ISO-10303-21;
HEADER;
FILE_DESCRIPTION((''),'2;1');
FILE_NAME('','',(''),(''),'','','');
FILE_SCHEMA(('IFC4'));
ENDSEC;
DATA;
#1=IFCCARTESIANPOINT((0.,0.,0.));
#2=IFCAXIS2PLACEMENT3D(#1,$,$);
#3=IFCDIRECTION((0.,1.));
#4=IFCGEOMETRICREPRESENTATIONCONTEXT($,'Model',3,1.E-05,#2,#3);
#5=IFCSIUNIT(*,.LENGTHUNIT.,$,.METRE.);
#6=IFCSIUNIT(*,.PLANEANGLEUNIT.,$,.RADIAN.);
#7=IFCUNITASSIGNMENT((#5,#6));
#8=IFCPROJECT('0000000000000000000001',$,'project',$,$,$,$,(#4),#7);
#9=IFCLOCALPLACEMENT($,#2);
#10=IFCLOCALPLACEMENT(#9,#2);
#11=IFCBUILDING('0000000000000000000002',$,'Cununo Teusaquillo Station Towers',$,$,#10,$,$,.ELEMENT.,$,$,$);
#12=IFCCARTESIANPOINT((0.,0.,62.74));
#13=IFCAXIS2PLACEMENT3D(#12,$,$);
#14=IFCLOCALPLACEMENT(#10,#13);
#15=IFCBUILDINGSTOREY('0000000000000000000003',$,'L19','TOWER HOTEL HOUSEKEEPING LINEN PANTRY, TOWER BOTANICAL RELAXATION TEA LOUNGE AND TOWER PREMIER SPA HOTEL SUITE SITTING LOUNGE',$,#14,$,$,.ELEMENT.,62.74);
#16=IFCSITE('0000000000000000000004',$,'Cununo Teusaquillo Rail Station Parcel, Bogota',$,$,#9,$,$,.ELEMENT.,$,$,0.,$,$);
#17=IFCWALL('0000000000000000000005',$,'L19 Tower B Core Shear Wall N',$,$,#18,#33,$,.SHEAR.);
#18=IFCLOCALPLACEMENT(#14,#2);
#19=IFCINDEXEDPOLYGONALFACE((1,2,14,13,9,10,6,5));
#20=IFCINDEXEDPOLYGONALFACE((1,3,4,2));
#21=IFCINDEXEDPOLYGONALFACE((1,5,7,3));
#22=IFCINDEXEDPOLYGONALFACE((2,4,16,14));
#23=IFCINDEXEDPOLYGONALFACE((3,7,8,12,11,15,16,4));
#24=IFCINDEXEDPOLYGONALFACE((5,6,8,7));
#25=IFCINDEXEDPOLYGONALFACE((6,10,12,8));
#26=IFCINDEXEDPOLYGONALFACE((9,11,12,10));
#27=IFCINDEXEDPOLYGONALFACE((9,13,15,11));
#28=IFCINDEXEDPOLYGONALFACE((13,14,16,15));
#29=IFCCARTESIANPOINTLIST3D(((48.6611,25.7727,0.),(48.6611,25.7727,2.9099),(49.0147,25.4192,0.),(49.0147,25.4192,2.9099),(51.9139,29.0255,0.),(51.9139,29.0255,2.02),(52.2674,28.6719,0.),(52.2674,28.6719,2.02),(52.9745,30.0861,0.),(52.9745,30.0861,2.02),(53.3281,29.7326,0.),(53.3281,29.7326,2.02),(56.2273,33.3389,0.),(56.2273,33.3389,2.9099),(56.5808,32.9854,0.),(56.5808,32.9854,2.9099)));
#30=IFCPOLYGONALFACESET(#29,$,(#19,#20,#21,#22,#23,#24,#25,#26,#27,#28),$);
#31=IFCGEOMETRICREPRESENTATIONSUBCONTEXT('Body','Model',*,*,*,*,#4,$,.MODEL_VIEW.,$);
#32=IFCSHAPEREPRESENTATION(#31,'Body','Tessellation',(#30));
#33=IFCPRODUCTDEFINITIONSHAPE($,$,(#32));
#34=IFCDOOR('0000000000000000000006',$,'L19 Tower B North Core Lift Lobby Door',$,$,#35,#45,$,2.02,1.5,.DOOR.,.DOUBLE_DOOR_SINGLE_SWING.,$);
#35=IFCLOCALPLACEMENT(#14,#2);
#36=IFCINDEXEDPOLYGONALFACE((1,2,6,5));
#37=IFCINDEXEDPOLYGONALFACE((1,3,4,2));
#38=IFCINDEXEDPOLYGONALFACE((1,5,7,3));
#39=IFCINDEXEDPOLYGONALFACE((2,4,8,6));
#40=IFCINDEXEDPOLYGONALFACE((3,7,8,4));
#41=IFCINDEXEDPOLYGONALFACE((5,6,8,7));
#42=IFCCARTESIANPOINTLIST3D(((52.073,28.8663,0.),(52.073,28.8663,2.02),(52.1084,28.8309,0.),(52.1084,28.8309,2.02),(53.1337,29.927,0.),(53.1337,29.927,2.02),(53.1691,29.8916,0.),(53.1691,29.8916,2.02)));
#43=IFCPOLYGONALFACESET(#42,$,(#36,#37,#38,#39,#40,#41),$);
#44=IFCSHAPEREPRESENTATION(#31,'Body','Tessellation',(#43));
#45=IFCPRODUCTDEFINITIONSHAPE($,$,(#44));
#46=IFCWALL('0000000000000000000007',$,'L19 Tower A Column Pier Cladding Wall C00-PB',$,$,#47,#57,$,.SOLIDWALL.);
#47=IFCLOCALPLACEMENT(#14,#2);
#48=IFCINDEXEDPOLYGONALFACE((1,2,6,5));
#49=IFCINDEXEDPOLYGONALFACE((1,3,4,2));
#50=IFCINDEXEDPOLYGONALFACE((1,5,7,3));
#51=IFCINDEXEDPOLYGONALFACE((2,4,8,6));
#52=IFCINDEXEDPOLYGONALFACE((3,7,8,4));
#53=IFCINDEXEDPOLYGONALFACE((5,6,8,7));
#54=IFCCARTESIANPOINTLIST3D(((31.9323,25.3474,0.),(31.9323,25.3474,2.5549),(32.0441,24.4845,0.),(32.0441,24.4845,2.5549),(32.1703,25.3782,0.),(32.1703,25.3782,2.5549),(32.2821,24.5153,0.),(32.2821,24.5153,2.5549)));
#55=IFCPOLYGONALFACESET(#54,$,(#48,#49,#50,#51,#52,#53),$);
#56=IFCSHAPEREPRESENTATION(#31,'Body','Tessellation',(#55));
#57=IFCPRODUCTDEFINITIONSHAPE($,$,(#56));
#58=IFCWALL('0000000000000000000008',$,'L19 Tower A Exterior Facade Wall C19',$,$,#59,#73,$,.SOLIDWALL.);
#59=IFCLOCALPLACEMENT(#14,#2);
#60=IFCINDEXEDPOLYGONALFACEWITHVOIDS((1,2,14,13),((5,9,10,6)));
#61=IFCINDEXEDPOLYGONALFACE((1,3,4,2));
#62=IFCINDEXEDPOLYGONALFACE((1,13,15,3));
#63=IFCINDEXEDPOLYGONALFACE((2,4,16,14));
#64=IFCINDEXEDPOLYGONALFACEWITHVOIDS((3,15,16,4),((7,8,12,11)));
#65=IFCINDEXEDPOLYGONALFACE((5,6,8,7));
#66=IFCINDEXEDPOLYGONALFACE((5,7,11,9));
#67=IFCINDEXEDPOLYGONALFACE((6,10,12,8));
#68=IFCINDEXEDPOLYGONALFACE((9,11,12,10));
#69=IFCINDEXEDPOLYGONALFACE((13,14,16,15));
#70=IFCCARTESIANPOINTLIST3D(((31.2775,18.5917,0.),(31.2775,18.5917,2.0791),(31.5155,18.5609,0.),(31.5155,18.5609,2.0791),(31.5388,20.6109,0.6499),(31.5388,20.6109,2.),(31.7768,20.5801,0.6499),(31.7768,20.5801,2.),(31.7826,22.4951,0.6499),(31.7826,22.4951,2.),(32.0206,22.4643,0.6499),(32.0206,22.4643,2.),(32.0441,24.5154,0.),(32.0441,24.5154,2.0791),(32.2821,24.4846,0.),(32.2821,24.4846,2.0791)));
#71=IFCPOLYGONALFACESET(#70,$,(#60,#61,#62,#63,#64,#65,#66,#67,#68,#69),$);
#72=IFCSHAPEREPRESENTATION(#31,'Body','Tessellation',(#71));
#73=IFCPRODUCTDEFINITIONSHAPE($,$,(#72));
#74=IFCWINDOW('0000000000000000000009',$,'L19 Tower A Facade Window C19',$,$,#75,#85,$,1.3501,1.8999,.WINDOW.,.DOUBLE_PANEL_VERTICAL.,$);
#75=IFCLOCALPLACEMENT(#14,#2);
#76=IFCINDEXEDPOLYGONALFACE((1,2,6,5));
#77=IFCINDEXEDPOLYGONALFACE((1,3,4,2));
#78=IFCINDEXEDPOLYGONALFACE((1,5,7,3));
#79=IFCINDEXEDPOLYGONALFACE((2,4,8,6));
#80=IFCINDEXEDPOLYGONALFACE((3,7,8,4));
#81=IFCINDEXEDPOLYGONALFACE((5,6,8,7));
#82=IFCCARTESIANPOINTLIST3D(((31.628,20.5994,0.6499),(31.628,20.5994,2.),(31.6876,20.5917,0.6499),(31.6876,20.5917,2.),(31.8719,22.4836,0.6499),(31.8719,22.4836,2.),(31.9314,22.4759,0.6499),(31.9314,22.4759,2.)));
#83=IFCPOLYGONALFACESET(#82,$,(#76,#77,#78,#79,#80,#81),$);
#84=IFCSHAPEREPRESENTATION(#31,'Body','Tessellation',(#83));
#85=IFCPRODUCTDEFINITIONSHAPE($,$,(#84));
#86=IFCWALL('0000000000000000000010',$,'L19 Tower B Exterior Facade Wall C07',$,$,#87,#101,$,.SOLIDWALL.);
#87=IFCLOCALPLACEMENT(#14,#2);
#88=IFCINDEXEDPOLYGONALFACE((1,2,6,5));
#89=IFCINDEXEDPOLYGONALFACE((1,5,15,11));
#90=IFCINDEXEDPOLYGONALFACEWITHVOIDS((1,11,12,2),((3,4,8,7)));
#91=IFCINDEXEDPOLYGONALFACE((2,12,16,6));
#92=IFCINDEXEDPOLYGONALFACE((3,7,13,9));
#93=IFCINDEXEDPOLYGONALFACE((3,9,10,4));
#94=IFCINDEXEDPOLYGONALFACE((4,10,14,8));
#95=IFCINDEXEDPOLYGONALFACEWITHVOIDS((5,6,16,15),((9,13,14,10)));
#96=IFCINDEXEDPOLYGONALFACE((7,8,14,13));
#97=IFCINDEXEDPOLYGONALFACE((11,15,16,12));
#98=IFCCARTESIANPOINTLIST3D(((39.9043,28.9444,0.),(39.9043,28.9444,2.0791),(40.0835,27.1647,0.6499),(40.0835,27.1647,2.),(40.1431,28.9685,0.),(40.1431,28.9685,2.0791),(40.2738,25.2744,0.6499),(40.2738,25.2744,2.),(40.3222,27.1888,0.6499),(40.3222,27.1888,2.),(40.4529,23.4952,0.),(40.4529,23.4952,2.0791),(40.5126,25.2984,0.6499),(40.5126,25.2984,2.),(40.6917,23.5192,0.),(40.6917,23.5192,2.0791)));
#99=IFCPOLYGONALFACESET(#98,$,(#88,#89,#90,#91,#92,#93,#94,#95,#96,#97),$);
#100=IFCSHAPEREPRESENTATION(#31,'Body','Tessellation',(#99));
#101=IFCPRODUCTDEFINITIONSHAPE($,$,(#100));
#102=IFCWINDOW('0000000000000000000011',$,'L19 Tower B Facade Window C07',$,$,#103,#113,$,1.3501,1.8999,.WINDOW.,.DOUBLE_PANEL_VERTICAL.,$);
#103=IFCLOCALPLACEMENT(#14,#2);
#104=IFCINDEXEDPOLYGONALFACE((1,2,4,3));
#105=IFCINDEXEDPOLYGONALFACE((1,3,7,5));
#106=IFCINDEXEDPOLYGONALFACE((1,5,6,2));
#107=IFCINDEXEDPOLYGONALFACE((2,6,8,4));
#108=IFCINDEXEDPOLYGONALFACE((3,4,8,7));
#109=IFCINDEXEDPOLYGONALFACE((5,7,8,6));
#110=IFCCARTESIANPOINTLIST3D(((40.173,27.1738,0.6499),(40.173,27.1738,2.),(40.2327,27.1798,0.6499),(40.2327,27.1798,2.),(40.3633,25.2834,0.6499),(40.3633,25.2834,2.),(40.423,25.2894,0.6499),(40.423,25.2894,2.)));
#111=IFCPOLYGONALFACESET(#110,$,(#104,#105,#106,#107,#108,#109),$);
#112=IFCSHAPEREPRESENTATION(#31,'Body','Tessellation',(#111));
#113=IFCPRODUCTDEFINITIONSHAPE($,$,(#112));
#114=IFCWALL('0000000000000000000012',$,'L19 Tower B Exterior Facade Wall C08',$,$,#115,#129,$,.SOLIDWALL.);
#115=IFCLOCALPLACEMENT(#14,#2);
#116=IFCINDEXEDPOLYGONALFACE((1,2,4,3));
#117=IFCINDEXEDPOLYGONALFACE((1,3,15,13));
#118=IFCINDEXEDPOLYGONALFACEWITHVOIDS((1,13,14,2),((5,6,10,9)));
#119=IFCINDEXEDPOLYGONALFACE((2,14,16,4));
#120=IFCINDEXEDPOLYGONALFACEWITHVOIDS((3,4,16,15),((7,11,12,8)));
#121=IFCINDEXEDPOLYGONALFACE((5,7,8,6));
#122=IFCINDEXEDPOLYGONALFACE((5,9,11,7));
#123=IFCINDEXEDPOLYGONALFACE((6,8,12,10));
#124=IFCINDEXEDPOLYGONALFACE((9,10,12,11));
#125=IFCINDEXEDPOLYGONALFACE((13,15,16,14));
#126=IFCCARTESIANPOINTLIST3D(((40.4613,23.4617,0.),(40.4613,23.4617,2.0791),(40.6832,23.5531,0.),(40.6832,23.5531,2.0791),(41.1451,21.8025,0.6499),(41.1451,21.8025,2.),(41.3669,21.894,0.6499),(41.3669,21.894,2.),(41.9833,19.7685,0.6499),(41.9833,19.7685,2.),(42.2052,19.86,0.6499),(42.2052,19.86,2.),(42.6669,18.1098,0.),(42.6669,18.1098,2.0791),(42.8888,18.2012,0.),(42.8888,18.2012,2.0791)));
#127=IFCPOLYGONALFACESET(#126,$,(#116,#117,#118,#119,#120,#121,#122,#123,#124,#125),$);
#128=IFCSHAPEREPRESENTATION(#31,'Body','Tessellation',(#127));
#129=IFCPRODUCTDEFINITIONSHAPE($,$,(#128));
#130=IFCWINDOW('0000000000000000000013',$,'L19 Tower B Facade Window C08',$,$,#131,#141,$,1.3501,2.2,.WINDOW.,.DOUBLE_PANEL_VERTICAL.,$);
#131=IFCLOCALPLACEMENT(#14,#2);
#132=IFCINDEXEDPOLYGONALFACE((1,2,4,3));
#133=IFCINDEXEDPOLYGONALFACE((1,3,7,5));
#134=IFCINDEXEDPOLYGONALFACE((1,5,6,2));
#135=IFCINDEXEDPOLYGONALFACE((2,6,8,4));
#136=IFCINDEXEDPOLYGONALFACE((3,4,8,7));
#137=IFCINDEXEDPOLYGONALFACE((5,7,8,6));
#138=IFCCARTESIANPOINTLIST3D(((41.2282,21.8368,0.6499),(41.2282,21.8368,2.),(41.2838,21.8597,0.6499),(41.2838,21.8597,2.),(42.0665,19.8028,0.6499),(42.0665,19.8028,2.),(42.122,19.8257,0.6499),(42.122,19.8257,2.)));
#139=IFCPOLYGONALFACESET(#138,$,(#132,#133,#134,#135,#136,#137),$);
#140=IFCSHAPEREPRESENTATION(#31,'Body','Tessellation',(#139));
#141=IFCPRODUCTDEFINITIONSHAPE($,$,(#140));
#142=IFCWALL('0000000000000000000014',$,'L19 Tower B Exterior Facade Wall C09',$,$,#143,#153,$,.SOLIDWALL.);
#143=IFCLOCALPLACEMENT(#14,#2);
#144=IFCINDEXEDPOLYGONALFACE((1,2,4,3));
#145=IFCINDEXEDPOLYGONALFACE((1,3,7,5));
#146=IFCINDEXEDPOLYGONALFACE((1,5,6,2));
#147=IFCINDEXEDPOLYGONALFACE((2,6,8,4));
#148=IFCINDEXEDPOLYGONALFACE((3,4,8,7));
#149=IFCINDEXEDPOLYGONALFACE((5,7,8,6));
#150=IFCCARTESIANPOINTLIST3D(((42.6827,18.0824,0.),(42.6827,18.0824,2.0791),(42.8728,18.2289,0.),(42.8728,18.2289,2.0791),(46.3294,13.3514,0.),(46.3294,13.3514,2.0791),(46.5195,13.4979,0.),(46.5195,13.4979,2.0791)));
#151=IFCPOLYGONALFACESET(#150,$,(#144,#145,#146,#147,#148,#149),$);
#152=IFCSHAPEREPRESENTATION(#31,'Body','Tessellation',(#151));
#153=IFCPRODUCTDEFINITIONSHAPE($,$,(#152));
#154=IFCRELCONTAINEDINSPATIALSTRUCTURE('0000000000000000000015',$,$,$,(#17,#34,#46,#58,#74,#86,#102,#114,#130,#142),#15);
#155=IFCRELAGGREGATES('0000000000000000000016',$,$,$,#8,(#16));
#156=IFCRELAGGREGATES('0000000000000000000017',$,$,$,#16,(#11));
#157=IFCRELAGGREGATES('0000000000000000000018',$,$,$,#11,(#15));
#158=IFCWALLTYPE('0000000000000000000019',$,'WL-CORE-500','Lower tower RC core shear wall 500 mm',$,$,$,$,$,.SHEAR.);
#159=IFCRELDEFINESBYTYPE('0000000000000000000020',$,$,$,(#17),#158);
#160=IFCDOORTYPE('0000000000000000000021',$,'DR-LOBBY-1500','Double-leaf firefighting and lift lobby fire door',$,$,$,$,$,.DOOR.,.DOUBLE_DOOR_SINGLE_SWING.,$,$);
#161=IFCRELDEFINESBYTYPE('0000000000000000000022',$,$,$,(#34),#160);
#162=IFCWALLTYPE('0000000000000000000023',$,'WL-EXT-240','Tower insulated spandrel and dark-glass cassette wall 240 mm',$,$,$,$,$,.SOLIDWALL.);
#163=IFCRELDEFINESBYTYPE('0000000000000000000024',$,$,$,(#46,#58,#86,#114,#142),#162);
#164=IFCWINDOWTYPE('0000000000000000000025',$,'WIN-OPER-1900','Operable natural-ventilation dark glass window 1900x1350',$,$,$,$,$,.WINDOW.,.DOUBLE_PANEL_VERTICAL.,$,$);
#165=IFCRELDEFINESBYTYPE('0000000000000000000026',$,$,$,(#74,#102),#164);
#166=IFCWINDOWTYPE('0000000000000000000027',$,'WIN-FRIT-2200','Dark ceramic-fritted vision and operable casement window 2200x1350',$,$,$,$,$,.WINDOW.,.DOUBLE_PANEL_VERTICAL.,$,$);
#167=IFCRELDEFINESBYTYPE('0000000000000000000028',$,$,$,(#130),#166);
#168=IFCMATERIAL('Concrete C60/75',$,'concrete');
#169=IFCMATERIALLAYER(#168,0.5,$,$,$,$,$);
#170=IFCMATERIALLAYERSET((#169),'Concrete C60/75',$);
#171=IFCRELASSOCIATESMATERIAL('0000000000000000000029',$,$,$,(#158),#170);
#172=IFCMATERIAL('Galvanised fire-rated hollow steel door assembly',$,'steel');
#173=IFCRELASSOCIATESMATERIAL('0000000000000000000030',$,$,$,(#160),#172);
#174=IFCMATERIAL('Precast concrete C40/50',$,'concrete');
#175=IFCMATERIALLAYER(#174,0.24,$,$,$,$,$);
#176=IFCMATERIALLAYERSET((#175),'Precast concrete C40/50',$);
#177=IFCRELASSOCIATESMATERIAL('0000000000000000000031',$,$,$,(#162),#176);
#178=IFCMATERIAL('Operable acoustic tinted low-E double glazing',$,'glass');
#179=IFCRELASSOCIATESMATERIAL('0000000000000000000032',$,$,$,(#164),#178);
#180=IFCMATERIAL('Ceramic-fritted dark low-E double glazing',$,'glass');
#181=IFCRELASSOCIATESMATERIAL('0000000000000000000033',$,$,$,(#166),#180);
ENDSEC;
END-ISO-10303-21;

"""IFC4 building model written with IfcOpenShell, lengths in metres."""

from ifc_helpers import new_model, si_unit, direction, frame, frame_2d, origin, place, context, subcontext, project, spatial, rectangle, extrude, source, transform, mapped, material, layer, layer_set, type_object, element, fill, save


model = new_model("IFC4")

# Units and contexts
model_context = context("Model", 3, precision=1e-05, world=origin(), true_north=direction((0.0, 1.0)))
body_context = subcontext(model_context, "Body", "Model", "MODEL_VIEW")
ifc_project = project(units=[si_unit("LENGTHUNIT", "METRE"), si_unit("PLANEANGLEUNIT", "RADIAN")], contexts=[model_context])

# Site, building, storey
site_placement = place(None, origin())
site = spatial("IfcSite", under=ifc_project, at=site_placement, Name="Cununo Teusaquillo Rail Station Parcel, Bogota", CompositionType="ELEMENT", RefElevation=0.0)
building_placement = place(site_placement, origin())
building = spatial("IfcBuilding", under=site, at=building_placement, Name="Cununo Teusaquillo Station Towers", CompositionType="ELEMENT")
storey_placement = place(building_placement, frame((0.0, 0.0, 62.74)))
storey = spatial("IfcBuildingStorey", under=building, at=storey_placement, Name="L19", Description="TOWER HOTEL HOUSEKEEPING LINEN PANTRY, TOWER BOTANICAL RELAXATION TEA LOUNGE AND TOWER PREMIER SPA HOTEL SUITE SITTING LOUNGE", CompositionType="ELEMENT", Elevation=62.74)

# Wall, opening, door
ifc_material_1 = material(Name="Concrete C60/75", Category="concrete")
ifc_layer_1 = layer(ifc_material_1, 0.5)
ifc_layer_set_1 = layer_set([ifc_layer_1], Name="Concrete C60/75")
wall_type_1 = type_object("IfcWallType", Name="WL-CORE-500", Description="Lower tower RC core shear wall 500 mm", PredefinedType="SHEAR", material=ifc_layer_set_1)
wall_1_placement = place(storey_placement, frame((48.8379, 25.5959, 0.0), z_axis=(0.0, 0.0, 1.0), x_axis=(0.707107, 0.707107, 0.0)))
wall_1 = element("IfcWall", 1, at=wall_1_placement, inside=storey, type_object=wall_type_1, Name="L19 Tower B Core Shear Wall N", PredefinedType="SHEAR", context=body_context, shape_type="SweptSolid", body=[
    extrude(rectangle(XDim=10.7002, YDim=0.5, at=frame_2d((5.3501, 0.0))), origin(), (0.0, 0.0, 1.0), 2.9099),
])
shared_shape_1 = source(origin(), body_context, "Body", "SweptSolid", [
    extrude(rectangle(XDim=1.5, YDim=2.02, at=frame_2d((0.75, 1.01))), frame((0.0, 0.26, 0.0), z_axis=(0.0, -1.0, 0.0), x_axis=(1.0, 0.0, 0.0)), (0.0, 0.0, 1.0), 0.52),
])
opening_1_placement = place(wall_1_placement, frame((4.6001, 0.0, 0.0)))
opening_1 = element("IfcOpeningElement", 2, at=opening_1_placement, cuts=wall_1, PredefinedType="OPENING", context=body_context, shape_type="MappedRepresentation", body=[
    mapped(shared_shape_1, transform((0.0, 0.0, 0.0), x_axis=(1.0, 0.0, 0.0), y_axis=(0.0, 1.0, 0.0), z_axis=(0.0, 0.0, 1.0), scale=1.0)),
])
ifc_material_2 = material(Name="Galvanised fire-rated hollow steel door assembly", Category="steel")
door_type_1 = type_object("IfcDoorType", Name="DR-LOBBY-1500", Description="Double-leaf firefighting and lift lobby fire door", OperationType="DOUBLE_DOOR_SINGLE_SWING", PredefinedType="DOOR", material=ifc_material_2)
shared_shape_2 = source(origin(), body_context, "Body", "SweptSolid", [
    extrude(rectangle(XDim=1.5, YDim=2.02, at=frame_2d((0.75, 1.01))), frame((0.0, 0.0249, 0.0), z_axis=(0.0, -1.0, 0.0), x_axis=(1.0, 0.0, 0.0)), (0.0, 0.0, 1.0), 0.05),
])
door_1_placement = place(opening_1_placement, origin())
door_1 = element("IfcDoor", 3, at=door_1_placement, inside=storey, type_object=door_type_1, Name="L19 Tower B North Core Lift Lobby Door", OperationType="DOUBLE_DOOR_SINGLE_SWING", OverallHeight=2.02, OverallWidth=1.5, PredefinedType="DOOR", context=body_context, shape_type="MappedRepresentation", body=[
    mapped(shared_shape_2, transform((0.0, 0.0, 0.0), x_axis=(1.0, 0.0, 0.0), y_axis=(0.0, 1.0, 0.0), z_axis=(0.0, 0.0, 1.0), scale=1.0)),
])
fill(opening_1, door_1)

# Wall
ifc_material_3 = material(Name="Precast concrete C40/50", Category="concrete")
ifc_layer_2 = layer(ifc_material_3, 0.24)
ifc_layer_set_2 = layer_set([ifc_layer_2], Name="Precast concrete C40/50")
wall_type_2 = type_object("IfcWallType", Name="WL-EXT-240", Description="Tower insulated spandrel and dark-glass cassette wall 240 mm", PredefinedType="SOLIDWALL", material=ifc_layer_set_2)
wall_2_placement = place(storey_placement, frame((32.0513, 25.3628, 0.0), z_axis=(0.0, 0.0, 1.0), x_axis=(0.128523, -0.991706, 0.0)))
element("IfcWall", 4, at=wall_2_placement, inside=storey, type_object=wall_type_2, Name="L19 Tower A Column Pier Cladding Wall C00-PB", PredefinedType="SOLIDWALL", context=body_context, shape_type="SweptSolid", body=[
    extrude(rectangle(XDim=0.8701, YDim=0.24, at=frame_2d((0.4351, 0.0))), origin(), (0.0, 0.0, 1.0), 2.5549),
])

# Walls, openings, windows
wall_3_placement = place(storey_placement, frame((32.1631, 24.5, 0.0), z_axis=(0.0, 0.0, 1.0), x_axis=(-0.12834, -0.99173, 0.0)))
wall_3 = element("IfcWall", 5, at=wall_3_placement, inside=storey, type_object=wall_type_2, Name="L19 Tower A Exterior Facade Wall C19", PredefinedType="SOLIDWALL", context=body_context, shape_type="SweptSolid", body=[
    extrude(rectangle(XDim=5.9731, YDim=0.24, at=frame_2d((2.9866, 0.0))), origin(), (0.0, 0.0, 1.0), 2.0791),
])
shared_shape_3 = source(origin(), body_context, "Body", "SweptSolid", [
    extrude(rectangle(XDim=1.8999, YDim=1.3501, at=frame_2d((0.95, 0.675))), frame((0.0, 0.1299, 0.0), z_axis=(0.0, -1.0, 0.0), x_axis=(1.0, 0.0, 0.0)), (0.0, 0.0, 1.0), 0.26),
])
opening_2_placement = place(wall_3_placement, frame((2.0371, 0.0, 0.6499)))
opening_2 = element("IfcOpeningElement", 6, at=opening_2_placement, cuts=wall_3, PredefinedType="OPENING", context=body_context, shape_type="MappedRepresentation", body=[
    mapped(shared_shape_3, transform((0.0, 0.0, 0.0), x_axis=(1.0, 0.0, 0.0), y_axis=(0.0, 1.0, 0.0), z_axis=(0.0, 0.0, 1.0), scale=1.0)),
])
ifc_material_4 = material(Name="Operable acoustic tinted low-E double glazing", Category="glass")
window_type_1 = type_object("IfcWindowType", Name="WIN-OPER-1900", Description="Operable natural-ventilation dark glass window 1900x1350", PartitioningType="DOUBLE_PANEL_VERTICAL", PredefinedType="WINDOW", material=ifc_material_4)
shared_shape_4 = source(origin(), body_context, "Body", "SweptSolid", [
    extrude(rectangle(XDim=1.8999, YDim=1.3501, at=frame_2d((0.95, 0.675))), frame((0.0, 0.03, 0.0), z_axis=(0.0, -1.0, 0.0), x_axis=(1.0, 0.0, 0.0)), (0.0, 0.0, 1.0), 0.0601),
])
window_1_placement = place(opening_2_placement, origin())
window_1 = element("IfcWindow", 7, at=window_1_placement, inside=storey, type_object=window_type_1, Name="L19 Tower A Facade Window C19", OverallHeight=1.3501, OverallWidth=1.8999, PartitioningType="DOUBLE_PANEL_VERTICAL", PredefinedType="WINDOW", context=body_context, shape_type="MappedRepresentation", body=[
    mapped(shared_shape_4, transform((0.0, 0.0, 0.0), x_axis=(1.0, 0.0, 0.0), y_axis=(0.0, 1.0, 0.0), z_axis=(0.0, 0.0, 1.0), scale=1.0)),
])
fill(opening_2, window_1)
wall_4_placement = place(storey_placement, frame((40.5723, 23.5073, 0.0), z_axis=(0.0, 0.0, 1.0), x_axis=(-0.100166, 0.994971, 0.0)))
wall_4 = element("IfcWall", 8, at=wall_4_placement, inside=storey, type_object=wall_type_2, Name="L19 Tower B Exterior Facade Wall C07", PredefinedType="SOLIDWALL", context=body_context, shape_type="SweptSolid", body=[
    extrude(rectangle(XDim=5.4768, YDim=0.24, at=frame_2d((2.7383, 0.0))), origin(), (0.0, 0.0, 1.0), 2.0791),
])
opening_3_placement = place(wall_4_placement, frame((1.7881, 0.0, 0.6499)))
opening_3 = element("IfcOpeningElement", 9, at=opening_3_placement, cuts=wall_4, PredefinedType="OPENING", context=body_context, shape_type="MappedRepresentation", body=[
    mapped(shared_shape_3, transform((0.0, 0.0, 0.0), x_axis=(1.0, 0.0, 0.0), y_axis=(0.0, 1.0, 0.0), z_axis=(0.0, 0.0, 1.0), scale=1.0)),
])
window_2_placement = place(opening_3_placement, origin())
window_2 = element("IfcWindow", 10, at=window_2_placement, inside=storey, type_object=window_type_1, Name="L19 Tower B Facade Window C07", OverallHeight=1.3501, OverallWidth=1.8999, PartitioningType="DOUBLE_PANEL_VERTICAL", PredefinedType="WINDOW", context=body_context, shape_type="MappedRepresentation", body=[
    mapped(shared_shape_4, transform((0.0, 0.0, 0.0), x_axis=(1.0, 0.0, 0.0), y_axis=(0.0, 1.0, 0.0), z_axis=(0.0, 0.0, 1.0), scale=1.0)),
])
fill(opening_3, window_2)
wall_5_placement = place(storey_placement, frame((42.7778, 18.1555, 0.0), z_axis=(0.0, 0.0, 1.0), x_axis=(-0.381028, 0.924564, 0.0)))
wall_5 = element("IfcWall", 11, at=wall_5_placement, inside=storey, type_object=wall_type_2, Name="L19 Tower B Exterior Facade Wall C08", PredefinedType="SOLIDWALL", context=body_context, shape_type="SweptSolid", body=[
    extrude(rectangle(XDim=5.7886, YDim=0.24, at=frame_2d((2.8943, 0.0))), origin(), (0.0, 0.0, 1.0), 2.0791),
])
shared_shape_5 = source(origin(), body_context, "Body", "SweptSolid", [
    extrude(rectangle(XDim=2.2, YDim=1.3501, at=frame_2d((1.1001, 0.675))), frame((0.0, 0.1299, 0.0), z_axis=(0.0, -1.0, 0.0), x_axis=(1.0, 0.0, 0.0)), (0.0, 0.0, 1.0), 0.26),
])
opening_4_placement = place(wall_5_placement, frame((1.7939, 0.0, 0.6499)))
opening_4 = element("IfcOpeningElement", 12, at=opening_4_placement, cuts=wall_5, PredefinedType="OPENING", context=body_context, shape_type="MappedRepresentation", body=[
    mapped(shared_shape_5, transform((0.0, 0.0, 0.0), x_axis=(1.0, 0.0, 0.0), y_axis=(0.0, 1.0, 0.0), z_axis=(0.0, 0.0, 1.0), scale=1.0)),
])
ifc_material_5 = material(Name="Ceramic-fritted dark low-E double glazing", Category="glass")
window_type_2 = type_object("IfcWindowType", Name="WIN-FRIT-2200", Description="Dark ceramic-fritted vision and operable casement window 2200x1350", PartitioningType="DOUBLE_PANEL_VERTICAL", PredefinedType="WINDOW", material=ifc_material_5)
shared_shape_6 = source(origin(), body_context, "Body", "SweptSolid", [
    extrude(rectangle(XDim=2.2, YDim=1.3501, at=frame_2d((1.1001, 0.675))), frame((0.0, 0.03, 0.0), z_axis=(0.0, -1.0, 0.0), x_axis=(1.0, 0.0, 0.0)), (0.0, 0.0, 1.0), 0.0601),
])
window_3_placement = place(opening_4_placement, origin())
window_3 = element("IfcWindow", 13, at=window_3_placement, inside=storey, type_object=window_type_2, Name="L19 Tower B Facade Window C08", OverallHeight=1.3501, OverallWidth=2.2, PartitioningType="DOUBLE_PANEL_VERTICAL", PredefinedType="WINDOW", context=body_context, shape_type="MappedRepresentation", body=[
    mapped(shared_shape_6, transform((0.0, 0.0, 0.0), x_axis=(1.0, 0.0, 0.0), y_axis=(0.0, 1.0, 0.0), z_axis=(0.0, 0.0, 1.0), scale=1.0)),
])
fill(opening_4, window_3)

# Wall
wall_6_placement = place(storey_placement, frame((46.4246, 13.4246, 0.0), z_axis=(0.0, 0.0, 1.0), x_axis=(-0.610503, 0.792014, 0.0)))
element("IfcWall", 14, at=wall_6_placement, inside=storey, type_object=wall_type_2, Name="L19 Tower B Exterior Facade Wall C09", PredefinedType="SOLIDWALL", context=body_context, shape_type="SweptSolid", body=[
    extrude(rectangle(XDim=5.9734, YDim=0.24, at=frame_2d((2.9868, 0.0))), origin(), (0.0, 0.0, 1.0), 2.0791),
])

save(model, "model.ifc")
